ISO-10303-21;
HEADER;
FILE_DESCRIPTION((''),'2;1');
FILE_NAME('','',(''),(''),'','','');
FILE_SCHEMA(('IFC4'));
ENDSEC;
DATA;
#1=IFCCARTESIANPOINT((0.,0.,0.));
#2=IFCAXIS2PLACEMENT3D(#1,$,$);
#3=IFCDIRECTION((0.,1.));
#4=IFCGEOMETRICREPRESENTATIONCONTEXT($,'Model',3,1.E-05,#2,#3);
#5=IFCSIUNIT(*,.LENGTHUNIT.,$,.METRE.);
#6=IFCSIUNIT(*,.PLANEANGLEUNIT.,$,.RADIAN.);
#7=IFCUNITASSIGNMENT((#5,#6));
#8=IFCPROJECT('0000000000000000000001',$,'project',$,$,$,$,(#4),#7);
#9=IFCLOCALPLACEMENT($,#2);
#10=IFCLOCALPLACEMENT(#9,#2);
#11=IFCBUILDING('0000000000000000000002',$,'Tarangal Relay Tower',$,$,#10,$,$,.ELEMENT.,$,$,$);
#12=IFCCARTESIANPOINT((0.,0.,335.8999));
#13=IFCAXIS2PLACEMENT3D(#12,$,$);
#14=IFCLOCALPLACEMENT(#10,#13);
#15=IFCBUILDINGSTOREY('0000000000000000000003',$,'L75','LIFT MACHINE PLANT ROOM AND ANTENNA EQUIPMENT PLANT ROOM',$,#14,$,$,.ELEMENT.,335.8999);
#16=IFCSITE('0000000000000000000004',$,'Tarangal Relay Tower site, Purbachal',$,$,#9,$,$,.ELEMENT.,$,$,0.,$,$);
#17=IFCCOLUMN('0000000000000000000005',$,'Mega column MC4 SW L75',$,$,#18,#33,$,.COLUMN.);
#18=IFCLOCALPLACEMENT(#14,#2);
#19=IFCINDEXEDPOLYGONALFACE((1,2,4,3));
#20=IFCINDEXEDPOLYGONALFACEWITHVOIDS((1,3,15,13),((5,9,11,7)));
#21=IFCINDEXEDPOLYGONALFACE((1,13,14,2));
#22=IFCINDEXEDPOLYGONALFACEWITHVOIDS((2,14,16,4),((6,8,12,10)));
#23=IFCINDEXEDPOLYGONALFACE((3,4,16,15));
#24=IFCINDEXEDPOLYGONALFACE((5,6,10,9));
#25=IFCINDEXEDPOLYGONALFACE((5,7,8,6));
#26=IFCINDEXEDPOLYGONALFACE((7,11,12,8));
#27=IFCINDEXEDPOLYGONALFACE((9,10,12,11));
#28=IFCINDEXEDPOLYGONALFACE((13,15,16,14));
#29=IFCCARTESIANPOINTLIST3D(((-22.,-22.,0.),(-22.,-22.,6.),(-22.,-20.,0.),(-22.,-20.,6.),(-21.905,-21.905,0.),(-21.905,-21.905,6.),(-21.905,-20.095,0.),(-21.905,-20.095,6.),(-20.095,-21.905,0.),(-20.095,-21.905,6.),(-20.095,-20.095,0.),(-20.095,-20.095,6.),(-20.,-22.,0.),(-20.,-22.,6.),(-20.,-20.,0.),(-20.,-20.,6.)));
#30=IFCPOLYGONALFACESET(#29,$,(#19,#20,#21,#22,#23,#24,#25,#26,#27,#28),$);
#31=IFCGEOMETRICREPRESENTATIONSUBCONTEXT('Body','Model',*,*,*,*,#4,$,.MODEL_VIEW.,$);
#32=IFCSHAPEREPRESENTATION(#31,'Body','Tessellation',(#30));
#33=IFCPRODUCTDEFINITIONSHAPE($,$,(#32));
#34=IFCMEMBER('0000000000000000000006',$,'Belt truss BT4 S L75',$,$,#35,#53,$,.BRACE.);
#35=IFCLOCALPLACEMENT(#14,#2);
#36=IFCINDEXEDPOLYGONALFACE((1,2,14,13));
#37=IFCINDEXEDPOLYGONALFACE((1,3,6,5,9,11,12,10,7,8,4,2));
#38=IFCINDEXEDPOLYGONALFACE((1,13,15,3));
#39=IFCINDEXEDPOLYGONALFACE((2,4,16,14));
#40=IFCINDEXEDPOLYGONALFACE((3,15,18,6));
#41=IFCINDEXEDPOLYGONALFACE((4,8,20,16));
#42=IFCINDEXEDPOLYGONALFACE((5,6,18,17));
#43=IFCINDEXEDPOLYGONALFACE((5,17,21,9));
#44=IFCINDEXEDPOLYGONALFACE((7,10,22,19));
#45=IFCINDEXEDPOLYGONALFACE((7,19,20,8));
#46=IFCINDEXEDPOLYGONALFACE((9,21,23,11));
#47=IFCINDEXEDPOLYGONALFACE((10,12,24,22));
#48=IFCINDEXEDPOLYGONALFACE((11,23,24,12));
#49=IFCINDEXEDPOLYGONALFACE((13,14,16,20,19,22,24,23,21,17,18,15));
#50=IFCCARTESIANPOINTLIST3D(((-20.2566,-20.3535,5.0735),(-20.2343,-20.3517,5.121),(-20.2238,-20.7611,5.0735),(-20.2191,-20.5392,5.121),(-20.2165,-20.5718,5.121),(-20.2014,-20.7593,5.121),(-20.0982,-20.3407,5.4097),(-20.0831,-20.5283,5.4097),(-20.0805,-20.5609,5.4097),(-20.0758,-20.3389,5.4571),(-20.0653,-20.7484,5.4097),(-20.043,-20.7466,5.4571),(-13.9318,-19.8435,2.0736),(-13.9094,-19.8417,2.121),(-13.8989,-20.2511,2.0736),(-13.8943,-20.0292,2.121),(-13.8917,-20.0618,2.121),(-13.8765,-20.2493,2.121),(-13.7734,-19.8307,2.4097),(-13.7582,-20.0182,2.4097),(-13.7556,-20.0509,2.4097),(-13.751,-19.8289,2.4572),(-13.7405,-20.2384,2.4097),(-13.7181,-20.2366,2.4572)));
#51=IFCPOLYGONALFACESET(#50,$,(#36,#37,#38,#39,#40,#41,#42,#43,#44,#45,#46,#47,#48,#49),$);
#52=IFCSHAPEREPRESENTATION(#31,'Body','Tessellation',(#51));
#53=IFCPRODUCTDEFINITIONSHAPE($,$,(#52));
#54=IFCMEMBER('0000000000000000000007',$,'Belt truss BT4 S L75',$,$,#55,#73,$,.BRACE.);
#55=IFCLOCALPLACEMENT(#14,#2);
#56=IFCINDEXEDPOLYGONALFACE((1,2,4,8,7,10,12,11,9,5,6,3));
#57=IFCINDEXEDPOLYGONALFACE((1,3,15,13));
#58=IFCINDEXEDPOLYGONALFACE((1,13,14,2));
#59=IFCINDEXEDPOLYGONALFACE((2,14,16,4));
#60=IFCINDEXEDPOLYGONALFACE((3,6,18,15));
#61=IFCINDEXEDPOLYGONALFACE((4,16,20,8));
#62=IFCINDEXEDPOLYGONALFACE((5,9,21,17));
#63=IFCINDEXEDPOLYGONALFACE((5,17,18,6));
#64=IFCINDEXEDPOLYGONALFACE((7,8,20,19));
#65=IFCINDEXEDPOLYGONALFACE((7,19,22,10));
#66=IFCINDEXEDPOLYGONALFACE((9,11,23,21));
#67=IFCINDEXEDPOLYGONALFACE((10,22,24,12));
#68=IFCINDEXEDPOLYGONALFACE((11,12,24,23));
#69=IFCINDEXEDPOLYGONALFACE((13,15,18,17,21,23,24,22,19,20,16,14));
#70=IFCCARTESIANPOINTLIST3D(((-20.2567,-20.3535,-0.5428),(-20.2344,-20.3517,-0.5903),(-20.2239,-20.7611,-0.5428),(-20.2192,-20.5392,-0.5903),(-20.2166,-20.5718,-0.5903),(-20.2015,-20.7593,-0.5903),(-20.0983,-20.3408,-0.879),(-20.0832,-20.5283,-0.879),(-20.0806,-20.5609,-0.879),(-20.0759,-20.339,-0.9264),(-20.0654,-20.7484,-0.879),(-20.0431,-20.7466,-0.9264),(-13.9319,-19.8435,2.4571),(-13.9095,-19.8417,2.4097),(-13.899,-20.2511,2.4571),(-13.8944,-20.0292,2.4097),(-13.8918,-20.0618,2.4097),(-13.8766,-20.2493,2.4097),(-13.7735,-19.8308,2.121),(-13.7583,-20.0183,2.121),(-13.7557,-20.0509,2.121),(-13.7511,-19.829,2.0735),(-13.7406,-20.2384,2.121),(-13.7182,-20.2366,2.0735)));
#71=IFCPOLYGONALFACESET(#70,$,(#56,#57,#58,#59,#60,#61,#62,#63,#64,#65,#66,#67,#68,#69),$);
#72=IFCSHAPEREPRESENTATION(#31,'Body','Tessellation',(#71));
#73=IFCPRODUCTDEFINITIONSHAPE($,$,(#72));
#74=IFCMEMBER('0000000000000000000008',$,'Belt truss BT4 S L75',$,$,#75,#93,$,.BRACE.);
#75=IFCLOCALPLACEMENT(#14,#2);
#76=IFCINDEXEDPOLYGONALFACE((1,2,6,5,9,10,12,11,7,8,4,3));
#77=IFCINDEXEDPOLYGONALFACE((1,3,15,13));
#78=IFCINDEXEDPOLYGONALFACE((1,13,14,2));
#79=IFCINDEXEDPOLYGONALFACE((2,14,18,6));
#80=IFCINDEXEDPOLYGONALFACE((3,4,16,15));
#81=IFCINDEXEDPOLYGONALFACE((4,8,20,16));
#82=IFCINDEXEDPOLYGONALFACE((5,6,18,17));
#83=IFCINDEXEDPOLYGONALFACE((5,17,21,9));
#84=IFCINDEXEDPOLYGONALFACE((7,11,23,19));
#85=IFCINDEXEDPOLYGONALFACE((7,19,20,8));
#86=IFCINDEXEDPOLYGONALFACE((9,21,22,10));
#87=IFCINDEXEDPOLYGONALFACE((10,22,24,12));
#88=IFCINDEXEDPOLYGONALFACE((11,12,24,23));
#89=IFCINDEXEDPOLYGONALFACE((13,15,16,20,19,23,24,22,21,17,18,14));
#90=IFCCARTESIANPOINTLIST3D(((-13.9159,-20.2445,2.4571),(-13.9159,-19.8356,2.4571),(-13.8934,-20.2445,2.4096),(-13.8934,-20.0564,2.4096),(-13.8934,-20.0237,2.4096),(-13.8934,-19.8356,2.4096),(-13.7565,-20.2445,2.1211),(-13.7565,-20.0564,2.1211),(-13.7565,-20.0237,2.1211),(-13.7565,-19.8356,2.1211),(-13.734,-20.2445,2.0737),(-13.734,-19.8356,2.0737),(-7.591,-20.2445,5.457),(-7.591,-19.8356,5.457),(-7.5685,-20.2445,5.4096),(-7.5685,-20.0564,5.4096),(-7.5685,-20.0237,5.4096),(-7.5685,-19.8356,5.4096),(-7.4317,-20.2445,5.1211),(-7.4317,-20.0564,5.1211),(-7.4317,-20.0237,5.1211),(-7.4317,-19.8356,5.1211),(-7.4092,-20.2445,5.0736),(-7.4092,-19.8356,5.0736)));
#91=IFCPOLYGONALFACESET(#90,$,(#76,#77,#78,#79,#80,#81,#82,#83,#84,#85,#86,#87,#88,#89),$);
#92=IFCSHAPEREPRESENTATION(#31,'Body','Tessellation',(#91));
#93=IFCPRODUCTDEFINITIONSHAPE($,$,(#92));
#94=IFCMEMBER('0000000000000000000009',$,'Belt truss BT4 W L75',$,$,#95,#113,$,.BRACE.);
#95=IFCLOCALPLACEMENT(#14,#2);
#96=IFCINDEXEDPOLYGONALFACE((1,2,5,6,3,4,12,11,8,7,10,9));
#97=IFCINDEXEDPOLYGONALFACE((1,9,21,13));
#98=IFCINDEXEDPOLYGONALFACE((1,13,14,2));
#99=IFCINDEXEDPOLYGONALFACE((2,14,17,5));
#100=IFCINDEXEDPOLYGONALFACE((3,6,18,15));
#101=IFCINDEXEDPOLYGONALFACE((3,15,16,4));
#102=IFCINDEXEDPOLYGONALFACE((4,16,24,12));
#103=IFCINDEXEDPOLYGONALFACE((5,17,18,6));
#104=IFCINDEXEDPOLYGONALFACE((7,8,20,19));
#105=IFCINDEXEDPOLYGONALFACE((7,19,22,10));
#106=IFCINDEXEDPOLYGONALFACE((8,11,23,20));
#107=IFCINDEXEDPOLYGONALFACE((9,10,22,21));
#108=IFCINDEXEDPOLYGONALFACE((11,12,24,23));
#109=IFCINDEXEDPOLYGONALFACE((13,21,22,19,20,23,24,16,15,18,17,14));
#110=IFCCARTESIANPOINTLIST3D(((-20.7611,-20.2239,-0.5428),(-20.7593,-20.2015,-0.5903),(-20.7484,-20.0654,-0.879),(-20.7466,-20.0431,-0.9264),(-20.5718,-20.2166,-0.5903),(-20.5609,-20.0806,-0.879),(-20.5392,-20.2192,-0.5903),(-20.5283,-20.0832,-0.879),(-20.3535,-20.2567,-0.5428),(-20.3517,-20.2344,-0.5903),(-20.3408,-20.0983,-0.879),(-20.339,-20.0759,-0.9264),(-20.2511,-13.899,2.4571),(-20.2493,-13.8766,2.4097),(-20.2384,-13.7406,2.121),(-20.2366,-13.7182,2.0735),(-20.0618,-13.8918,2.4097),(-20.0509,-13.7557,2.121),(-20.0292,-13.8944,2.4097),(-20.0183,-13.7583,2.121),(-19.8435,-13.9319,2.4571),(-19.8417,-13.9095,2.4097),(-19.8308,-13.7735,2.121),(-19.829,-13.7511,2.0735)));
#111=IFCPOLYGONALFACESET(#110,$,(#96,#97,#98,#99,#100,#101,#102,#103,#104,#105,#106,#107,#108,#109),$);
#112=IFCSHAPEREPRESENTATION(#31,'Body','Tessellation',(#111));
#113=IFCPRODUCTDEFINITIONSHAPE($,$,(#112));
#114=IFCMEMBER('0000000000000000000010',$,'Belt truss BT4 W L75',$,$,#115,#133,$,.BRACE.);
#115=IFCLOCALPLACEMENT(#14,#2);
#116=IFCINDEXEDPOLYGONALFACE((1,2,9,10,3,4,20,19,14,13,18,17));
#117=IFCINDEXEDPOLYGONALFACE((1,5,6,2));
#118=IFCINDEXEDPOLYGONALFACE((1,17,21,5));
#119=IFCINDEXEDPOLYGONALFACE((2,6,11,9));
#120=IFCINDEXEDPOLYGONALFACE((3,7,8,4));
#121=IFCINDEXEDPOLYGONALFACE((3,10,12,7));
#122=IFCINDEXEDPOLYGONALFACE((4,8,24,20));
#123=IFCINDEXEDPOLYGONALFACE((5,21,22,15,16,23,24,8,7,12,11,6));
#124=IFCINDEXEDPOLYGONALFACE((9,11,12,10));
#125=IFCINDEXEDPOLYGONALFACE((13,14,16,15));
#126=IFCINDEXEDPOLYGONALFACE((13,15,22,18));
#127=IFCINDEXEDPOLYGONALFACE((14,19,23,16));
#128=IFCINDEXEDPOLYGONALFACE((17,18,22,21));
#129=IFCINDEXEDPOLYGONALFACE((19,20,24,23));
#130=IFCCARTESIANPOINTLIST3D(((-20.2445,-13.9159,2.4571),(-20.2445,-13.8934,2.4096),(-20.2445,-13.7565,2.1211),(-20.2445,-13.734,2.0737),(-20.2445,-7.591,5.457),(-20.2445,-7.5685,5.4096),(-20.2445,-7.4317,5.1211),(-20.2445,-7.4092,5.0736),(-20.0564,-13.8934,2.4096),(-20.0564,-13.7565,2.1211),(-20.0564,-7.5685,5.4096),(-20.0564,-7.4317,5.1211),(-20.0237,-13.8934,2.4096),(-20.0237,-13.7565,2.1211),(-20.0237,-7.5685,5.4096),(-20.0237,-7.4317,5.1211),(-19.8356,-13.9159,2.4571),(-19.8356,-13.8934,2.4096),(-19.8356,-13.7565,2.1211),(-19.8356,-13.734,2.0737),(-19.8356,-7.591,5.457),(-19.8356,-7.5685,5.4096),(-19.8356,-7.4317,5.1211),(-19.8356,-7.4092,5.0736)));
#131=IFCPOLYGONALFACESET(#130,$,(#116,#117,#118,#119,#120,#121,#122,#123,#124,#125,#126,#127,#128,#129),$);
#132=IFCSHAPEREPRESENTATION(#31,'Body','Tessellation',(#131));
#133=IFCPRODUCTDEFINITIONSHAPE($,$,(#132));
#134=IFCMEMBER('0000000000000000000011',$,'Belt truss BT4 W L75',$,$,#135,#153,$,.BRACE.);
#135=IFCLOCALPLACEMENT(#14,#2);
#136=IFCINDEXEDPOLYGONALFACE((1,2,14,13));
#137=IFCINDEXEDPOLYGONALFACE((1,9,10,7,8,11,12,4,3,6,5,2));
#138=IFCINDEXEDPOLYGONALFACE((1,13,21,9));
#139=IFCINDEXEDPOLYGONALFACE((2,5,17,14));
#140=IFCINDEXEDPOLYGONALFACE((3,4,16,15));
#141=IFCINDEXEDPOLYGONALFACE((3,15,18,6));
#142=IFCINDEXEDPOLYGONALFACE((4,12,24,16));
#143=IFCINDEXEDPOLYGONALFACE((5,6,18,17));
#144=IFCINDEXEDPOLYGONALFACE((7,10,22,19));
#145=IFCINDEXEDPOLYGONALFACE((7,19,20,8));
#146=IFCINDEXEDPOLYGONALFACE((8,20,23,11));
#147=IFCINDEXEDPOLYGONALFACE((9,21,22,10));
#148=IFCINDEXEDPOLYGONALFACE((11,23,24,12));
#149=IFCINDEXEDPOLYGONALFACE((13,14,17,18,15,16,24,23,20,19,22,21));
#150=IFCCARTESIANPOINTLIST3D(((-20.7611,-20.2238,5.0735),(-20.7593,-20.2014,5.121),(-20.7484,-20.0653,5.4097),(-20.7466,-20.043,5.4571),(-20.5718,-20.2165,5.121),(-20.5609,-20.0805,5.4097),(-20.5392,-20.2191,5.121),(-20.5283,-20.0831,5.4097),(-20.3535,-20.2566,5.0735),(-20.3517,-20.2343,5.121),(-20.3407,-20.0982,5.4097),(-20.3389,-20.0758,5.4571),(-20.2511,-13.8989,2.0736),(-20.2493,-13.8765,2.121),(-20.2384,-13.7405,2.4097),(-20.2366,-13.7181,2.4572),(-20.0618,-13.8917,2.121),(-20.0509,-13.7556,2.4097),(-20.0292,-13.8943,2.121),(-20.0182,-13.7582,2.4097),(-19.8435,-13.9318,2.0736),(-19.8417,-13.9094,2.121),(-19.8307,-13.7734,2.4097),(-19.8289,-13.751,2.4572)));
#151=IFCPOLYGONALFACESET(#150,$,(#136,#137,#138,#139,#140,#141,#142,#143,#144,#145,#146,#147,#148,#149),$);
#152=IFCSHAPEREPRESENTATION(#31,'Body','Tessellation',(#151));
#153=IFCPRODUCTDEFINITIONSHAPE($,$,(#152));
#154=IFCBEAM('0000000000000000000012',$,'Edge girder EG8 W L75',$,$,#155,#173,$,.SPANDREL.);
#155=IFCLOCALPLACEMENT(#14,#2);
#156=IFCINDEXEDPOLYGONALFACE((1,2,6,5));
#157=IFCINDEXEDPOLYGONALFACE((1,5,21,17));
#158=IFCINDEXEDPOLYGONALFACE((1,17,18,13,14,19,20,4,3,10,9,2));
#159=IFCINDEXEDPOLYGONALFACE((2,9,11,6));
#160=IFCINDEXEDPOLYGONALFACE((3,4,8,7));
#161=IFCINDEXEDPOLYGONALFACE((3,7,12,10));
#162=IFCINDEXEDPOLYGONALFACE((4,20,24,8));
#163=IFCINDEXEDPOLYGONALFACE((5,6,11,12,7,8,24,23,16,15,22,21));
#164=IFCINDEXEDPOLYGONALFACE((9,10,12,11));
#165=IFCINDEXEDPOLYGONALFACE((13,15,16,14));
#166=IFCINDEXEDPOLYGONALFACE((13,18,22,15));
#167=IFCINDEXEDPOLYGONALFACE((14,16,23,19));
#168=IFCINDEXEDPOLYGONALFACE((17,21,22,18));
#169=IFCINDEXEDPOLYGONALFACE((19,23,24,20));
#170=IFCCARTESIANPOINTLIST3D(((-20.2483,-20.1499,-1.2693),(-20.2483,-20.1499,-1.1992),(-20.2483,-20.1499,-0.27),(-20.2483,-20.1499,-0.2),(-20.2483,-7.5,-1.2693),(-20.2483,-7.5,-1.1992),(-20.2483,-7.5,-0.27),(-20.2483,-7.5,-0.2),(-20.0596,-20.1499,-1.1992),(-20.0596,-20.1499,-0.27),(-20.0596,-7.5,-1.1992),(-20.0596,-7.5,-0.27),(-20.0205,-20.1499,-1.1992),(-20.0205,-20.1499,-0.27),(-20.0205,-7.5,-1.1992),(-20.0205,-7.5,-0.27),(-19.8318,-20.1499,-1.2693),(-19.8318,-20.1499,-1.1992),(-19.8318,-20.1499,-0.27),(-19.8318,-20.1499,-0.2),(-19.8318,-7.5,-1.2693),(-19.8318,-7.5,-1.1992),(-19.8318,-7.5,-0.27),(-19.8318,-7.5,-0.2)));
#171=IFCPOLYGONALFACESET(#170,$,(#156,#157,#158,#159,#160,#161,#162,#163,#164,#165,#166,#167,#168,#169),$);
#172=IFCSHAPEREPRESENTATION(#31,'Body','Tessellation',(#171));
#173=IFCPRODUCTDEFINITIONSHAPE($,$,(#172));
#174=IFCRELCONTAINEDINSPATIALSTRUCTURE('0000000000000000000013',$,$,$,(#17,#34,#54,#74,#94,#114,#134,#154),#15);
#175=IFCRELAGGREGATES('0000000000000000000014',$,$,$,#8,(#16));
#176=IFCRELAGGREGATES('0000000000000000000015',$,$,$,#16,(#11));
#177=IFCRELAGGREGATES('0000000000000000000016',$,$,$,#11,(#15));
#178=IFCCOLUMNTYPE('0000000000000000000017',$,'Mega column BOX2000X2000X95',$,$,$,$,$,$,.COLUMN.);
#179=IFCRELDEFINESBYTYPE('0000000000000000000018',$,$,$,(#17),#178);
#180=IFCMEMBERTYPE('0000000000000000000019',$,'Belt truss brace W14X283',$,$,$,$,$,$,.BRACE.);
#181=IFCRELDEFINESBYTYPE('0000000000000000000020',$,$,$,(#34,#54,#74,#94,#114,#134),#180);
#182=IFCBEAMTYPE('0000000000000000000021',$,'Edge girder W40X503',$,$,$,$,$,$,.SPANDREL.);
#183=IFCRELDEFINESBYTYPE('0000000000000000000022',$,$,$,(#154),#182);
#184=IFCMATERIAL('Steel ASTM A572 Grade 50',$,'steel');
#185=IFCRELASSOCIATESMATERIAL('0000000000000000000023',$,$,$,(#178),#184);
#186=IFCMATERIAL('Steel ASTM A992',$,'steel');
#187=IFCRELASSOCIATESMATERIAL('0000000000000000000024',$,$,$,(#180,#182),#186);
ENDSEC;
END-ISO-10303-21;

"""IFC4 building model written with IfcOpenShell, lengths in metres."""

from ifc_helpers import new_model, si_unit, direction, frame, origin, origin_2d, place, context, subcontext, project, spatial, hollow_rectangle, i_section, extrude, material, material_profile, profile_set, type_object, element, save


model = new_model("IFC4")

# Units and contexts
model_context = context("Model", 3, precision=1e-05, world=origin(), true_north=direction((0.0, 1.0)))
body_context = subcontext(model_context, "Body", "Model", "MODEL_VIEW")
ifc_project = project(units=[si_unit("LENGTHUNIT", "METRE"), si_unit("PLANEANGLEUNIT", "RADIAN")], contexts=[model_context])

# Site, building, storey
site_placement = place(None, origin())
site = spatial("IfcSite", under=ifc_project, at=site_placement, Name="Tarangal Relay Tower site, Purbachal", CompositionType="ELEMENT", RefElevation=0.0)
building_placement = place(site_placement, origin())
building = spatial("IfcBuilding", under=site, at=building_placement, Name="Tarangal Relay Tower", CompositionType="ELEMENT")
storey_placement = place(building_placement, frame((0.0, 0.0, 335.8999)))
storey = spatial("IfcBuildingStorey", under=building, at=storey_placement, Name="L75", Description="LIFT MACHINE PLANT ROOM AND ANTENNA EQUIPMENT PLANT ROOM", CompositionType="ELEMENT", Elevation=335.8999)

# Column
ifc_material_1 = material(Name="Steel ASTM A572 Grade 50", Category="steel")
ifc_material_profile_1 = material_profile(ifc_material_1, hollow_rectangle(XDim=2.0, YDim=2.0, WallThickness=0.095, at=origin_2d()), Name="BOX2000X2000X95")
ifc_profile_set_1 = profile_set([ifc_material_profile_1], Name="Steel ASTM A572 Grade 50")
column_type = type_object("IfcColumnType", Name="Mega column BOX2000X2000X95", PredefinedType="COLUMN", material=ifc_profile_set_1)
column_placement = place(storey_placement, frame((-21.0, -21.0, 0.0), z_axis=(0.0, 0.0, 1.0), x_axis=(1.0, 0.0, 0.0)))
element("IfcColumn", 1, at=column_placement, inside=storey, type_object=column_type, Name="Mega column MC4 SW L75", PredefinedType="COLUMN", context=body_context, shape_type="SweptSolid", body=[
    extrude(hollow_rectangle(XDim=2.0, YDim=2.0, WallThickness=0.095, at=origin_2d()), origin(), (0.0, 0.0, 1.0), 6.0),
])

# Members
ifc_material_2 = material(Name="Steel ASTM A992", Category="steel")
ifc_material_profile_2 = material_profile(ifc_material_2, i_section(OverallWidth=0.4089, OverallDepth=0.4243, WebThickness=0.0327, FlangeThickness=0.0525, at=origin_2d()), Name="W14X283")
ifc_profile_set_2 = profile_set([ifc_material_profile_2], Name="Steel ASTM A992")
member_type_1 = type_object("IfcMemberType", Name="Belt truss brace W14X283", PredefinedType="BRACE", material=ifc_profile_set_2)
for number, where, z_axis, x_axis, name in (
    (2, (-13.825, -20.04, 2.2654), (-0.90113, -0.072662, 0.427417), (0.080374, -0.996765, 0.0), "Belt truss BT4 S L75"),
    (3, (-20.1499, -20.55, -0.7346), (0.90113, 0.072662, 0.427417), (-0.080374, 0.996765, 0.0), "Belt truss BT4 S L75"),
):
    element("IfcMember", number, at=place(storey_placement, frame(where, z_axis=z_axis, x_axis=x_axis)), inside=storey, type_object=member_type_1, Name=name, PredefinedType="BRACE", context=body_context, shape_type="SweptSolid", body=[
        extrude(i_section(OverallWidth=0.4089, OverallDepth=0.4243, WebThickness=0.0327, FlangeThickness=0.0525, at=origin_2d()), origin(), (0.0, 0.0, 1.0), 7.0188),
    ])
member_1_placement = place(storey_placement, frame((-13.825, -20.04, 2.2654), z_axis=(0.903518, 0.0, 0.42855), x_axis=(0.0, 1.0, 0.0)))
element("IfcMember", 4, at=member_1_placement, inside=storey, type_object=member_type_1, Name="Belt truss BT4 S L75", PredefinedType="BRACE", context=body_context, shape_type="SweptSolid", body=[
    extrude(i_section(OverallWidth=0.4089, OverallDepth=0.4243, WebThickness=0.0327, FlangeThickness=0.0525, at=origin_2d()), origin(), (0.0, 0.0, 1.0), 7.0002),
])
member_2_placement = place(storey_placement, frame((-20.55, -20.1499, -0.7346), z_axis=(0.072662, 0.90113, 0.427417), x_axis=(-0.996765, 0.080374, 0.0)))
element("IfcMember", 5, at=member_2_placement, inside=storey, type_object=member_type_1, Name="Belt truss BT4 W L75", PredefinedType="BRACE", context=body_context, shape_type="SweptSolid", body=[
    extrude(i_section(OverallWidth=0.4089, OverallDepth=0.4243, WebThickness=0.0327, FlangeThickness=0.0525, at=origin_2d()), origin(), (0.0, 0.0, 1.0), 7.0188),
])
member_3_placement = place(storey_placement, frame((-20.04, -13.825, 2.2654), z_axis=(0.0, 0.903518, 0.42855), x_axis=(-1.0, 0.0, 0.0)))
element("IfcMember", 6, at=member_3_placement, inside=storey, type_object=member_type_1, Name="Belt truss BT4 W L75", PredefinedType="BRACE", context=body_context, shape_type="SweptSolid", body=[
    extrude(i_section(OverallWidth=0.4089, OverallDepth=0.4243, WebThickness=0.0327, FlangeThickness=0.0525, at=origin_2d()), origin(), (0.0, 0.0, 1.0), 7.0002),
])
member_4_placement = place(storey_placement, frame((-20.04, -13.825, 2.2654), z_axis=(-0.072662, -0.90113, 0.427417), x_axis=(0.996765, -0.080374, 0.0)))
element("IfcMember", 7, at=member_4_placement, inside=storey, type_object=member_type_1, Name="Belt truss BT4 W L75", PredefinedType="BRACE", context=body_context, shape_type="SweptSolid", body=[
    extrude(i_section(OverallWidth=0.4089, OverallDepth=0.4243, WebThickness=0.0327, FlangeThickness=0.0525, at=origin_2d()), origin(), (0.0, 0.0, 1.0), 7.0188),
])

# Beam
ifc_material_profile_3 = material_profile(ifc_material_2, i_section(OverallWidth=0.4165, OverallDepth=1.0693, WebThickness=0.0391, FlangeThickness=0.0701, at=origin_2d()), Name="W40X503")
ifc_profile_set_3 = profile_set([ifc_material_profile_3], Name="Steel ASTM A992")
beam_type = type_object("IfcBeamType", Name="Edge girder W40X503", PredefinedType="SPANDREL", material=ifc_profile_set_3)
beam_placement = place(storey_placement, frame((-20.04, -20.1499, -0.7346), z_axis=(0.0, 1.0, 0.0), x_axis=(-1.0, 0.0, 0.0)))
element("IfcBeam", 8, at=beam_placement, inside=storey, type_object=beam_type, Name="Edge girder EG8 W L75", PredefinedType="SPANDREL", context=body_context, shape_type="SweptSolid", body=[
    extrude(i_section(OverallWidth=0.4165, OverallDepth=1.0693, WebThickness=0.0391, FlangeThickness=0.0701, at=origin_2d()), origin(), (0.0, 0.0, 1.0), 12.6499),
])

save(model, "model.ifc")
